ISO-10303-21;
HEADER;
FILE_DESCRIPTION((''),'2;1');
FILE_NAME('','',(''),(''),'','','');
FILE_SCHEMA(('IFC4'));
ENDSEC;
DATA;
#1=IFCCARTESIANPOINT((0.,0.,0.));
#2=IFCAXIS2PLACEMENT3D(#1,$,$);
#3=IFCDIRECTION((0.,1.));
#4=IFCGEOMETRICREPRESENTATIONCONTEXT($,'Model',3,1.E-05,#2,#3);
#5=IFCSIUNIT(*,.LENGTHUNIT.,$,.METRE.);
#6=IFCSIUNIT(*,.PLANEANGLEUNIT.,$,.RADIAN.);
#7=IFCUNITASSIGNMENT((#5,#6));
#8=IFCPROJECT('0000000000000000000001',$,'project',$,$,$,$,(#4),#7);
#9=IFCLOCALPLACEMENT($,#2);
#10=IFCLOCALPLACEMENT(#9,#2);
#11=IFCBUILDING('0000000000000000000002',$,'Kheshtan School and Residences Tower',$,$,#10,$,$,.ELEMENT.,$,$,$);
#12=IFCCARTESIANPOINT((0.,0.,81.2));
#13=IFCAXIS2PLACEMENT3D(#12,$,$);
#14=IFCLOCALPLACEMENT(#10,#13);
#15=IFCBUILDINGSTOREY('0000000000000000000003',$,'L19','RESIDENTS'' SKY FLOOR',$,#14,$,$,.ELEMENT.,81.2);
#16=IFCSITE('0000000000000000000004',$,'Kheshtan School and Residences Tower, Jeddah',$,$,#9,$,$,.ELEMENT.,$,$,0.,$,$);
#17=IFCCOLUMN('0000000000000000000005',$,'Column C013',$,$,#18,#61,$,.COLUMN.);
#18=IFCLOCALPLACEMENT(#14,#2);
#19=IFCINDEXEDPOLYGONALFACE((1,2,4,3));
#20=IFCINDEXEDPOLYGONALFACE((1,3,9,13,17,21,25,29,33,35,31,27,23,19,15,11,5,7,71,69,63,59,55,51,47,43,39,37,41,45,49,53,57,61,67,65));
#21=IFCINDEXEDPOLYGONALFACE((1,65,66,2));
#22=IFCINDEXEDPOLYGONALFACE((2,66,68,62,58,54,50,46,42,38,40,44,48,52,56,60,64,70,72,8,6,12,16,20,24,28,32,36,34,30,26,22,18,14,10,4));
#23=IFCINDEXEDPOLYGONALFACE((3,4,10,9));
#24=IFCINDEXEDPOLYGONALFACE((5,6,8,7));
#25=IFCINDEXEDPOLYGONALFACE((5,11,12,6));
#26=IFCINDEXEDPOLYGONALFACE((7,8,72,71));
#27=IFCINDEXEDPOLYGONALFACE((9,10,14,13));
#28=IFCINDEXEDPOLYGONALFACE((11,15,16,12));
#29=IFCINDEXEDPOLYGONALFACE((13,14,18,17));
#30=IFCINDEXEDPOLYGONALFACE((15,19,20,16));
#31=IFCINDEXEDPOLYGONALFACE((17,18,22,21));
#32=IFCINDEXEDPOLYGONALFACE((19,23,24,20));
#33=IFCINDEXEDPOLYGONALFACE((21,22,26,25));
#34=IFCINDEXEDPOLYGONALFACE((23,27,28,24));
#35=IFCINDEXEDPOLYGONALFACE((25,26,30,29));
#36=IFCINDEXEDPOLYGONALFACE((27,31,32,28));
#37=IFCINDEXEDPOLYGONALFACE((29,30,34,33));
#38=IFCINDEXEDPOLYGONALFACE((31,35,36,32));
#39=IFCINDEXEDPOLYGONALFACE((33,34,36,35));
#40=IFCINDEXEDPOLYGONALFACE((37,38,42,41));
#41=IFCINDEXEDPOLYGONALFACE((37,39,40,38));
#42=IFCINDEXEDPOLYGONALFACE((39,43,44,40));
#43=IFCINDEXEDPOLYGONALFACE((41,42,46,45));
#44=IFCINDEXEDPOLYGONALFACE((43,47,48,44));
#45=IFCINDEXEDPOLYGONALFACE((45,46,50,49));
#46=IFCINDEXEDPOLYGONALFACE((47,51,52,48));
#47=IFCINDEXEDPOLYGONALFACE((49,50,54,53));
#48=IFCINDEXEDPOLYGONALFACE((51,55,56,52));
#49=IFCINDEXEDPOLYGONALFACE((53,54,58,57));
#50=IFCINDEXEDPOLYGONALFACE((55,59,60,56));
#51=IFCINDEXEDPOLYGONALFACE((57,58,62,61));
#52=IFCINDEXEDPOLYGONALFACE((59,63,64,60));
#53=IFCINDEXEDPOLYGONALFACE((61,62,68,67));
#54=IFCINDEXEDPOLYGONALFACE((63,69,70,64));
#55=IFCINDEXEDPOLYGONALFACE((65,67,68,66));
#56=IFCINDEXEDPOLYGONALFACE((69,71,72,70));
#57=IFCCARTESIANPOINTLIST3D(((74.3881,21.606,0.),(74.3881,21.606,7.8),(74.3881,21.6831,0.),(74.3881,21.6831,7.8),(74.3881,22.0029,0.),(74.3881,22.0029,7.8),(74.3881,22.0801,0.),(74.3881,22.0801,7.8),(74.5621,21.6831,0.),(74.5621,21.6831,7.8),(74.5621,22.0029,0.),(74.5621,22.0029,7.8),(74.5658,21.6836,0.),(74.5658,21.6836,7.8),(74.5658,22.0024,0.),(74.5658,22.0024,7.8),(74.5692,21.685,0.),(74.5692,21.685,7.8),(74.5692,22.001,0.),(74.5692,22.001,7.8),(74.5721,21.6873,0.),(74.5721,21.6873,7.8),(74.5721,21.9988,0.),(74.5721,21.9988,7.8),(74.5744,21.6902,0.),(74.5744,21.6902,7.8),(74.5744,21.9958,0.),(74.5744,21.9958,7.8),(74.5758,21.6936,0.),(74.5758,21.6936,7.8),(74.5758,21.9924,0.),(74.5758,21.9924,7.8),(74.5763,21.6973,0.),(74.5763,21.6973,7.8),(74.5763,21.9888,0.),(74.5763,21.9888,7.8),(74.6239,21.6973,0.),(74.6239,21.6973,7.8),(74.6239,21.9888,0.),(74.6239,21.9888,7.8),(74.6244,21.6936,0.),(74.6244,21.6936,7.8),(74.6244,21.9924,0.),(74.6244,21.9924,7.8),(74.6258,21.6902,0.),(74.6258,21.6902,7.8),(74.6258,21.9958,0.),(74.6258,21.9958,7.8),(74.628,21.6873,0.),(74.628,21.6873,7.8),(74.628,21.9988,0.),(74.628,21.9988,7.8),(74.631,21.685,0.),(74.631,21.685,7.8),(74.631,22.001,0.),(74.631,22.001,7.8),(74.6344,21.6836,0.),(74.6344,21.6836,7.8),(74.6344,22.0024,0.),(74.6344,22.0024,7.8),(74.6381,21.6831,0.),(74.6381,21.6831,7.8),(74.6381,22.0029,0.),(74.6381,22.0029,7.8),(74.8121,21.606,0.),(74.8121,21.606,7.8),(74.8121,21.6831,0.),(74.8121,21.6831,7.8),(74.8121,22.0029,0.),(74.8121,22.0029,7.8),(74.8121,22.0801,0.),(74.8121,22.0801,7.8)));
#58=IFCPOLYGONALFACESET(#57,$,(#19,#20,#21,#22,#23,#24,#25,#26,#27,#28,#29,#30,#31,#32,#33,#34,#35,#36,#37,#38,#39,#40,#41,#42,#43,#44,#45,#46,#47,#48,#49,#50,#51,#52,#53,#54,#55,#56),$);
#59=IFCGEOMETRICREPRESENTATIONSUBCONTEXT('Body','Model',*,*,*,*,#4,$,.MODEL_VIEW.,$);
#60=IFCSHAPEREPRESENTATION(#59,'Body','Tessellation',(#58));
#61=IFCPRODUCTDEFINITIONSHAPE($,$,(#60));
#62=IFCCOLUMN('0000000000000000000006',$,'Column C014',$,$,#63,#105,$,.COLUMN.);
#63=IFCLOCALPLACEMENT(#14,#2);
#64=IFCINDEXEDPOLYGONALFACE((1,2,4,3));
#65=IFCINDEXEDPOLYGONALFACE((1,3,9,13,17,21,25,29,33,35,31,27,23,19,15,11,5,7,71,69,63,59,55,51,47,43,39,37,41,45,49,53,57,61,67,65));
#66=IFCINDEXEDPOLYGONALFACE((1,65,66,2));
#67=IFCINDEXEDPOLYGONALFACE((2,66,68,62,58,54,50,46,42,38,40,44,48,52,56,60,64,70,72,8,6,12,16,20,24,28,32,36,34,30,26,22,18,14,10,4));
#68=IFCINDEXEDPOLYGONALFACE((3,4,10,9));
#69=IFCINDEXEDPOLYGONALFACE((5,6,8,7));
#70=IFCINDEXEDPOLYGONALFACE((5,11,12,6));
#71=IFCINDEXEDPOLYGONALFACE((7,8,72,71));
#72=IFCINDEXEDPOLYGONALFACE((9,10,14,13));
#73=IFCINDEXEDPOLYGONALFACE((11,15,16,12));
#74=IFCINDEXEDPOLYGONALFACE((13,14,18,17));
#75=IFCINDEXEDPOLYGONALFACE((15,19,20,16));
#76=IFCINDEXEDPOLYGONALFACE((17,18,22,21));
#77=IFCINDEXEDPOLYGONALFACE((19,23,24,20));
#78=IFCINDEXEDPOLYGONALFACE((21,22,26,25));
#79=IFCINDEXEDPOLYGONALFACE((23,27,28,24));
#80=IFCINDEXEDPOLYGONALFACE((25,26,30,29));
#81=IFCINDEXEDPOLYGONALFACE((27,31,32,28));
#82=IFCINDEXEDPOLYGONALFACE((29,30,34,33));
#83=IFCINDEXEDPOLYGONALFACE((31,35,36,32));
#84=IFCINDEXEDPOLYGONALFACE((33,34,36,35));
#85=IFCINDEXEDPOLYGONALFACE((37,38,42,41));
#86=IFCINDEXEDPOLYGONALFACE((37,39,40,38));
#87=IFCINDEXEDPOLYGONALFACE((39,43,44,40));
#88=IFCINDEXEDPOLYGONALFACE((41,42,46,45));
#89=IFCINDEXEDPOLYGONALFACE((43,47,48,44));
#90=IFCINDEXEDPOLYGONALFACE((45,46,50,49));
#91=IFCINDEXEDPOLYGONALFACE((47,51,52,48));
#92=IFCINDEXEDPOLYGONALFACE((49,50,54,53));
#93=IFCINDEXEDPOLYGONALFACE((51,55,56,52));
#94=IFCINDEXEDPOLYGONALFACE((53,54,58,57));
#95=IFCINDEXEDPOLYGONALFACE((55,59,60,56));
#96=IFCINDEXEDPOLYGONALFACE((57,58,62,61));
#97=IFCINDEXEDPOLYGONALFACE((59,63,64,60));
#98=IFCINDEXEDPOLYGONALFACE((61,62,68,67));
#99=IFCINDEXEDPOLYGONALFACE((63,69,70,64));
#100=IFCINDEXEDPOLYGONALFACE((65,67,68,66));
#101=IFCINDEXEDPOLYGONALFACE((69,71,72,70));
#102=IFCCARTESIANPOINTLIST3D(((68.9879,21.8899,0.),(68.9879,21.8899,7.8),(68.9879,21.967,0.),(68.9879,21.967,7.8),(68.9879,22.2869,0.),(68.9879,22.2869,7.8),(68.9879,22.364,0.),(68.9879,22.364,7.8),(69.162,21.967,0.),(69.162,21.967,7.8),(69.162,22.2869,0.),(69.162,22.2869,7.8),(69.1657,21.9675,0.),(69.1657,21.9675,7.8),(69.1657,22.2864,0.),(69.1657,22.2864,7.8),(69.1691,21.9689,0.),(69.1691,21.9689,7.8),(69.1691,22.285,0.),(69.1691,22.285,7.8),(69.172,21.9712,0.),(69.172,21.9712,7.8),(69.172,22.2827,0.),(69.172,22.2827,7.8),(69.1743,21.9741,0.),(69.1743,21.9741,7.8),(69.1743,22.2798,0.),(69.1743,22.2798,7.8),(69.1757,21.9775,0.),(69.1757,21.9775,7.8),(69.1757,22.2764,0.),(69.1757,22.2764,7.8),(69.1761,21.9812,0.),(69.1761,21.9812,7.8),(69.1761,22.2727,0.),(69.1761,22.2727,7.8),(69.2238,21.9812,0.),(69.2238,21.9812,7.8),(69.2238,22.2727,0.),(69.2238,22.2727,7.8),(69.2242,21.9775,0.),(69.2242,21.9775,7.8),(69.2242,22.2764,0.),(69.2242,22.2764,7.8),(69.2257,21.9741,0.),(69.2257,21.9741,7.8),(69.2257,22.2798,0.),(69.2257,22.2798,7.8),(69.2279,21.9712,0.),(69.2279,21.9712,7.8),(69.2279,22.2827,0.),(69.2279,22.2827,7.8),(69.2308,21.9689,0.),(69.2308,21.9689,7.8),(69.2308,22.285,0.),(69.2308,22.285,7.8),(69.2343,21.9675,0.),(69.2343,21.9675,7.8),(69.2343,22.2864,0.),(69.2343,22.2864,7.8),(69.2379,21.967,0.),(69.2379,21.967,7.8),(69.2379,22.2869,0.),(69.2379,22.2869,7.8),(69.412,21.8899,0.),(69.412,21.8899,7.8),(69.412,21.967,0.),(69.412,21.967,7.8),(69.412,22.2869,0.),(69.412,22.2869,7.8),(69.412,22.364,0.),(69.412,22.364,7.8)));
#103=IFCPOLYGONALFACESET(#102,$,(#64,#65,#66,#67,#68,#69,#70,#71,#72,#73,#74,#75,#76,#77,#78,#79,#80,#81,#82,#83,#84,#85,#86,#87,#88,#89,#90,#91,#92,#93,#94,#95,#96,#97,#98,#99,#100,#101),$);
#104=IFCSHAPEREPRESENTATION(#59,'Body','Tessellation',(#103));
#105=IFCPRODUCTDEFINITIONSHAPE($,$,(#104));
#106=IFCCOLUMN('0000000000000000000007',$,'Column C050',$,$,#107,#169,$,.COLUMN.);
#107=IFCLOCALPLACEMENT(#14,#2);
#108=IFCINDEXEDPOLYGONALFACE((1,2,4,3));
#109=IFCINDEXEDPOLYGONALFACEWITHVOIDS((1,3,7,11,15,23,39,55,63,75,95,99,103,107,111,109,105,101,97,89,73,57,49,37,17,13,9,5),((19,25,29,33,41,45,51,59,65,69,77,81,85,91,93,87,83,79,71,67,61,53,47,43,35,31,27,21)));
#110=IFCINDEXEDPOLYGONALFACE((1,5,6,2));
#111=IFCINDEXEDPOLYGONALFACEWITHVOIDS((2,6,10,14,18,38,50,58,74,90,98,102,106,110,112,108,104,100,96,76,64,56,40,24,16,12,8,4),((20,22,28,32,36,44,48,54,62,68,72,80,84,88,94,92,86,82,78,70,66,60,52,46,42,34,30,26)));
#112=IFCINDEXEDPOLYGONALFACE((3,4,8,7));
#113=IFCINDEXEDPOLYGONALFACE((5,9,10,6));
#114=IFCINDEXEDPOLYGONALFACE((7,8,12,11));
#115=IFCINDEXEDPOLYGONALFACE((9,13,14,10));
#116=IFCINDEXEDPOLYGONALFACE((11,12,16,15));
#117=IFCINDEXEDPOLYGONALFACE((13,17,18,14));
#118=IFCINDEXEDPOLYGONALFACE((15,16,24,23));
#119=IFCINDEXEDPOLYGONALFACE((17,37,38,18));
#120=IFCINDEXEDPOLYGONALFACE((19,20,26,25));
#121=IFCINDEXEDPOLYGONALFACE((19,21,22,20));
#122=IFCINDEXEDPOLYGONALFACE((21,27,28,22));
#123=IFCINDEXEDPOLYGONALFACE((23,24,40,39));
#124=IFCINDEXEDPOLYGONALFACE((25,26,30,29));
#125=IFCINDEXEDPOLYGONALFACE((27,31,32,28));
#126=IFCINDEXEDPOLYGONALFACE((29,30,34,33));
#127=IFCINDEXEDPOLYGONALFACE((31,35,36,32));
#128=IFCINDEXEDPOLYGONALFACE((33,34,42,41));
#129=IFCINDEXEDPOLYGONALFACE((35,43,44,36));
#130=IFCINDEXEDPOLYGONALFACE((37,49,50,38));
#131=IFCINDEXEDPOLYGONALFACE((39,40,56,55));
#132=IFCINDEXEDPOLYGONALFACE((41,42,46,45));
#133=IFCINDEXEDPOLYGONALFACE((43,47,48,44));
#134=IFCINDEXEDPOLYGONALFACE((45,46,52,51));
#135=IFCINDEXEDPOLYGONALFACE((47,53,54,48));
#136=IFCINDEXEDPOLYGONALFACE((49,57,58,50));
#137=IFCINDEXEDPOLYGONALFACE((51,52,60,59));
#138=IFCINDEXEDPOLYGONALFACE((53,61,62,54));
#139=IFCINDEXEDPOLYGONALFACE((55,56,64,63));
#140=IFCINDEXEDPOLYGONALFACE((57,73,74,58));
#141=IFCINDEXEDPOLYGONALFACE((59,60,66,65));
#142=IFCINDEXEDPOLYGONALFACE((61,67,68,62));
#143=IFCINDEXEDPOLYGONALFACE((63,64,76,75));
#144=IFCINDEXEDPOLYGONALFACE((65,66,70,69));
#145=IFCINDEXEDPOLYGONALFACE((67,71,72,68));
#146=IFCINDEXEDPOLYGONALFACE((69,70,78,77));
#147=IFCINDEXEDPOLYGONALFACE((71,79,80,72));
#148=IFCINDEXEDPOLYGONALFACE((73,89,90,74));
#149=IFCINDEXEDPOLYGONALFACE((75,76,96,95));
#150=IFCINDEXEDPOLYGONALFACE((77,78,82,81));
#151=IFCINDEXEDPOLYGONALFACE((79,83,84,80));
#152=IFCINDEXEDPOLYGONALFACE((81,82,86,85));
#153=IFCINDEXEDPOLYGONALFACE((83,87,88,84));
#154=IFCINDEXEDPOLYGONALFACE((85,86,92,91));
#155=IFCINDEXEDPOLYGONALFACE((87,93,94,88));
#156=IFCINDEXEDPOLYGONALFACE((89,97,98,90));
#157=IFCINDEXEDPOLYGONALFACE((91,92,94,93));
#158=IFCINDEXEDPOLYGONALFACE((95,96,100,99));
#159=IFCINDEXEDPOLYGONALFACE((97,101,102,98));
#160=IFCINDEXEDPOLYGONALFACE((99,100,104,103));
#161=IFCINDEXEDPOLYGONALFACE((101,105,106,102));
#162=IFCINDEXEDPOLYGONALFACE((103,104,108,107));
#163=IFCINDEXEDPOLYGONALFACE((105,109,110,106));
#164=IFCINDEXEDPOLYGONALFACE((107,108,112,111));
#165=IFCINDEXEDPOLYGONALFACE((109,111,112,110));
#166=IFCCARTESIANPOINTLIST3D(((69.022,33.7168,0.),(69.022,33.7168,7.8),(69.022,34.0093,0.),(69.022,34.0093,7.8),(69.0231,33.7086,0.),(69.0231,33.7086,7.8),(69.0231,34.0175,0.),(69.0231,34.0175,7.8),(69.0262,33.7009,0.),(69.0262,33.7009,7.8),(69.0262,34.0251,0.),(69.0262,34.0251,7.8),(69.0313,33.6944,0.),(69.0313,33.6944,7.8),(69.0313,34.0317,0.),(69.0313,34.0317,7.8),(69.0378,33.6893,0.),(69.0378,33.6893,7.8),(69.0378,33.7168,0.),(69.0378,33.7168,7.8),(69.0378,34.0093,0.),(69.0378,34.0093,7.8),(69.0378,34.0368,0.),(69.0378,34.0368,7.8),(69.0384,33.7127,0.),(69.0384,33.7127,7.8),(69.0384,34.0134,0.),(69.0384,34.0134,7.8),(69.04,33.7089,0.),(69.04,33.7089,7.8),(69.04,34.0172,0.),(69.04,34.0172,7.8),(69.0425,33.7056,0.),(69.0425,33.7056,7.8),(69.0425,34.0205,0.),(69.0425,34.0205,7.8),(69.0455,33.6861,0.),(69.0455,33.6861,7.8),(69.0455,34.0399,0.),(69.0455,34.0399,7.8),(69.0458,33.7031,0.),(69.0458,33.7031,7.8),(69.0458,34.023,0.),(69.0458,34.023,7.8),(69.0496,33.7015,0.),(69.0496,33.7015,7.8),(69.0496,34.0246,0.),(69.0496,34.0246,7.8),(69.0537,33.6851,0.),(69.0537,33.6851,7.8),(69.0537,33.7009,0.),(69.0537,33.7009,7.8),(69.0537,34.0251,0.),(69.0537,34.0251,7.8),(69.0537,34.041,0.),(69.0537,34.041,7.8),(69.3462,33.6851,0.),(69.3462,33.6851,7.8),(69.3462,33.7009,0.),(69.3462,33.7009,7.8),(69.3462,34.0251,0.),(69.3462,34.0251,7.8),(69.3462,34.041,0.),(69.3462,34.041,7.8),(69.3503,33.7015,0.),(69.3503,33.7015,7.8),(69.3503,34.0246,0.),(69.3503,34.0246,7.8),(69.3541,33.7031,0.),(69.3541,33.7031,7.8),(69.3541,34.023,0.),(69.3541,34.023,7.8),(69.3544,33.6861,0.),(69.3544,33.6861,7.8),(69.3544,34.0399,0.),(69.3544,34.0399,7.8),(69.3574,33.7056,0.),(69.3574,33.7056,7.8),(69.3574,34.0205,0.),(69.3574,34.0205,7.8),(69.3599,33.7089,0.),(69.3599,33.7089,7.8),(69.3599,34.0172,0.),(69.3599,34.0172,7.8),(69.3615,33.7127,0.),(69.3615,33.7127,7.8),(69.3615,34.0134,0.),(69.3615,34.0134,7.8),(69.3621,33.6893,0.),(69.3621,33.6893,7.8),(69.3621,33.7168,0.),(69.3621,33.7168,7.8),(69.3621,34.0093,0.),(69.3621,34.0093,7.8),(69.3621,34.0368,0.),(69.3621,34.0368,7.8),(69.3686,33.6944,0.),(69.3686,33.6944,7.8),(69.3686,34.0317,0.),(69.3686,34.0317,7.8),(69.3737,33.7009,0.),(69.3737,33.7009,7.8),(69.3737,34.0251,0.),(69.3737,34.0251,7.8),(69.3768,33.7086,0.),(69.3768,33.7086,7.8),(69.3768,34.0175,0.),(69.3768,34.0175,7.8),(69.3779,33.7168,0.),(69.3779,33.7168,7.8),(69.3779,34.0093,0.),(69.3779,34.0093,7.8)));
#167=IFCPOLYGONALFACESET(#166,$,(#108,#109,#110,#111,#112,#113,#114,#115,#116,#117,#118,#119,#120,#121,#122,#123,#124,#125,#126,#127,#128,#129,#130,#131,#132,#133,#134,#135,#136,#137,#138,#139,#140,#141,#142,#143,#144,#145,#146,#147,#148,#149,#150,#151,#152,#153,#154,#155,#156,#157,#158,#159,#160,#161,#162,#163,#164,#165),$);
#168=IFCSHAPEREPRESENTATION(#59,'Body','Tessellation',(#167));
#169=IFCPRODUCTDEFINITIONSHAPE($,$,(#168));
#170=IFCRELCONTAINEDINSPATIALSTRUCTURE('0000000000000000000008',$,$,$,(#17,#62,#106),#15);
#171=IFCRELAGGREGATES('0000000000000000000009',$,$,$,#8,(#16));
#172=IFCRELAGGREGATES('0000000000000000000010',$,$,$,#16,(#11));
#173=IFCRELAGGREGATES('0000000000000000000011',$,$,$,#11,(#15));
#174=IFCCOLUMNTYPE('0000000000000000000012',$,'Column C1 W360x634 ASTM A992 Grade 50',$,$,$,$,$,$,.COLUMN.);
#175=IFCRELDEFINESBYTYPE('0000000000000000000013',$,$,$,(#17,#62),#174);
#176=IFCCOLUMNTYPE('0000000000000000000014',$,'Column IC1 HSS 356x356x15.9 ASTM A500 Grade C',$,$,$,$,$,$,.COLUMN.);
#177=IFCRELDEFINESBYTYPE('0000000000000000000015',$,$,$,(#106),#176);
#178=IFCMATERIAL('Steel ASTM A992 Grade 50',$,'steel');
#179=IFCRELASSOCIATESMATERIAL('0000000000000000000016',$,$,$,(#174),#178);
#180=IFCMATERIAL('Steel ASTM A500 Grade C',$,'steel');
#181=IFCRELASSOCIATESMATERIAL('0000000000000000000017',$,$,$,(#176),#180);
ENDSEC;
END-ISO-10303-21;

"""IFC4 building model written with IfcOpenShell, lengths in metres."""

from ifc_helpers import new_model, si_unit, direction, frame, origin, origin_2d, place, context, subcontext, project, spatial, hollow_rectangle, i_section, extrude, material, material_profile, profile_set, type_object, element, save


model = new_model("IFC4")

# Units and contexts
model_context = context("Model", 3, precision=1e-05, world=origin(), true_north=direction((0.0, 1.0)))
body_context = subcontext(model_context, "Body", "Model", "MODEL_VIEW")
ifc_project = project(units=[si_unit("LENGTHUNIT", "METRE"), si_unit("PLANEANGLEUNIT", "RADIAN")], contexts=[model_context])

# Site, building, storey
site_placement = place(None, origin())
site = spatial("IfcSite", under=ifc_project, at=site_placement, Name="Kheshtan School and Residences Tower, Jeddah", CompositionType="ELEMENT", RefElevation=0.0)
building_placement = place(site_placement, origin())
building = spatial("IfcBuilding", under=site, at=building_placement, Name="Kheshtan School and Residences Tower", CompositionType="ELEMENT")
storey_placement = place(building_placement, frame((0.0, 0.0, 81.2)))
storey = spatial("IfcBuildingStorey", under=building, at=storey_placement, Name="L19", Description="RESIDENTS' SKY FLOOR", CompositionType="ELEMENT", Elevation=81.2)

# Columns
ifc_material_1 = material(Name="Steel ASTM A992 Grade 50", Category="steel")
ifc_material_profile_1 = material_profile(ifc_material_1, i_section(OverallWidth=0.4241, OverallDepth=0.4741, WebThickness=0.0476, FlangeThickness=0.0771, FilletRadius=0.0142, at=origin_2d()), Name="W360x634")
ifc_profile_set_1 = profile_set([ifc_material_profile_1], Name="Steel ASTM A992 Grade 50")
column_type_1 = type_object("IfcColumnType", Name="Column C1 W360x634 ASTM A992 Grade 50", PredefinedType="COLUMN", material=ifc_profile_set_1)
for number, where, z_axis, x_axis, name in (
    (1, (74.6001, 21.843, 0.0), (0.0, 0.0, 1.0), (1.0, 0.0, 0.0), "Column C013"),
    (2, (69.2, 22.127, 0.0), (0.0, 0.0, 1.0), (1.0, 0.0, 0.0), "Column C014"),
):
    element("IfcColumn", number, at=place(storey_placement, frame(where, z_axis=z_axis, x_axis=x_axis)), inside=storey, type_object=column_type_1, Name=name, PredefinedType="COLUMN", context=body_context, shape_type="SweptSolid", body=[
        extrude(i_section(OverallWidth=0.4241, OverallDepth=0.4741, WebThickness=0.0476, FlangeThickness=0.0771, FilletRadius=0.0142, at=origin_2d()), origin(), (0.0, 0.0, 1.0), 7.8),
    ])
ifc_material_2 = material(Name="Steel ASTM A500 Grade C", Category="steel")
ifc_material_profile_2 = material_profile(ifc_material_2, hollow_rectangle(XDim=0.356, YDim=0.356, WallThickness=0.0159, InnerFilletRadius=0.0159, OuterFilletRadius=0.0317, at=origin_2d()), Name="HSS 356x356x15.9")
ifc_profile_set_2 = profile_set([ifc_material_profile_2], Name="Steel ASTM A500 Grade C")
column_type_2 = type_object("IfcColumnType", Name="Column IC1 HSS 356x356x15.9 ASTM A500 Grade C", PredefinedType="COLUMN", material=ifc_profile_set_2)
column_placement = place(storey_placement, frame((69.2, 33.863, 0.0), z_axis=(0.0, 0.0, 1.0), x_axis=(1.0, 0.0, 0.0)))
element("IfcColumn", 3, at=column_placement, inside=storey, type_object=column_type_2, Name="Column C050", PredefinedType="COLUMN", context=body_context, shape_type="SweptSolid", body=[
    extrude(hollow_rectangle(XDim=0.356, YDim=0.356, WallThickness=0.0159, InnerFilletRadius=0.0159, OuterFilletRadius=0.0317, at=origin_2d()), origin(), (0.0, 0.0, 1.0), 7.8),
])

save(model, "model.ifc")
